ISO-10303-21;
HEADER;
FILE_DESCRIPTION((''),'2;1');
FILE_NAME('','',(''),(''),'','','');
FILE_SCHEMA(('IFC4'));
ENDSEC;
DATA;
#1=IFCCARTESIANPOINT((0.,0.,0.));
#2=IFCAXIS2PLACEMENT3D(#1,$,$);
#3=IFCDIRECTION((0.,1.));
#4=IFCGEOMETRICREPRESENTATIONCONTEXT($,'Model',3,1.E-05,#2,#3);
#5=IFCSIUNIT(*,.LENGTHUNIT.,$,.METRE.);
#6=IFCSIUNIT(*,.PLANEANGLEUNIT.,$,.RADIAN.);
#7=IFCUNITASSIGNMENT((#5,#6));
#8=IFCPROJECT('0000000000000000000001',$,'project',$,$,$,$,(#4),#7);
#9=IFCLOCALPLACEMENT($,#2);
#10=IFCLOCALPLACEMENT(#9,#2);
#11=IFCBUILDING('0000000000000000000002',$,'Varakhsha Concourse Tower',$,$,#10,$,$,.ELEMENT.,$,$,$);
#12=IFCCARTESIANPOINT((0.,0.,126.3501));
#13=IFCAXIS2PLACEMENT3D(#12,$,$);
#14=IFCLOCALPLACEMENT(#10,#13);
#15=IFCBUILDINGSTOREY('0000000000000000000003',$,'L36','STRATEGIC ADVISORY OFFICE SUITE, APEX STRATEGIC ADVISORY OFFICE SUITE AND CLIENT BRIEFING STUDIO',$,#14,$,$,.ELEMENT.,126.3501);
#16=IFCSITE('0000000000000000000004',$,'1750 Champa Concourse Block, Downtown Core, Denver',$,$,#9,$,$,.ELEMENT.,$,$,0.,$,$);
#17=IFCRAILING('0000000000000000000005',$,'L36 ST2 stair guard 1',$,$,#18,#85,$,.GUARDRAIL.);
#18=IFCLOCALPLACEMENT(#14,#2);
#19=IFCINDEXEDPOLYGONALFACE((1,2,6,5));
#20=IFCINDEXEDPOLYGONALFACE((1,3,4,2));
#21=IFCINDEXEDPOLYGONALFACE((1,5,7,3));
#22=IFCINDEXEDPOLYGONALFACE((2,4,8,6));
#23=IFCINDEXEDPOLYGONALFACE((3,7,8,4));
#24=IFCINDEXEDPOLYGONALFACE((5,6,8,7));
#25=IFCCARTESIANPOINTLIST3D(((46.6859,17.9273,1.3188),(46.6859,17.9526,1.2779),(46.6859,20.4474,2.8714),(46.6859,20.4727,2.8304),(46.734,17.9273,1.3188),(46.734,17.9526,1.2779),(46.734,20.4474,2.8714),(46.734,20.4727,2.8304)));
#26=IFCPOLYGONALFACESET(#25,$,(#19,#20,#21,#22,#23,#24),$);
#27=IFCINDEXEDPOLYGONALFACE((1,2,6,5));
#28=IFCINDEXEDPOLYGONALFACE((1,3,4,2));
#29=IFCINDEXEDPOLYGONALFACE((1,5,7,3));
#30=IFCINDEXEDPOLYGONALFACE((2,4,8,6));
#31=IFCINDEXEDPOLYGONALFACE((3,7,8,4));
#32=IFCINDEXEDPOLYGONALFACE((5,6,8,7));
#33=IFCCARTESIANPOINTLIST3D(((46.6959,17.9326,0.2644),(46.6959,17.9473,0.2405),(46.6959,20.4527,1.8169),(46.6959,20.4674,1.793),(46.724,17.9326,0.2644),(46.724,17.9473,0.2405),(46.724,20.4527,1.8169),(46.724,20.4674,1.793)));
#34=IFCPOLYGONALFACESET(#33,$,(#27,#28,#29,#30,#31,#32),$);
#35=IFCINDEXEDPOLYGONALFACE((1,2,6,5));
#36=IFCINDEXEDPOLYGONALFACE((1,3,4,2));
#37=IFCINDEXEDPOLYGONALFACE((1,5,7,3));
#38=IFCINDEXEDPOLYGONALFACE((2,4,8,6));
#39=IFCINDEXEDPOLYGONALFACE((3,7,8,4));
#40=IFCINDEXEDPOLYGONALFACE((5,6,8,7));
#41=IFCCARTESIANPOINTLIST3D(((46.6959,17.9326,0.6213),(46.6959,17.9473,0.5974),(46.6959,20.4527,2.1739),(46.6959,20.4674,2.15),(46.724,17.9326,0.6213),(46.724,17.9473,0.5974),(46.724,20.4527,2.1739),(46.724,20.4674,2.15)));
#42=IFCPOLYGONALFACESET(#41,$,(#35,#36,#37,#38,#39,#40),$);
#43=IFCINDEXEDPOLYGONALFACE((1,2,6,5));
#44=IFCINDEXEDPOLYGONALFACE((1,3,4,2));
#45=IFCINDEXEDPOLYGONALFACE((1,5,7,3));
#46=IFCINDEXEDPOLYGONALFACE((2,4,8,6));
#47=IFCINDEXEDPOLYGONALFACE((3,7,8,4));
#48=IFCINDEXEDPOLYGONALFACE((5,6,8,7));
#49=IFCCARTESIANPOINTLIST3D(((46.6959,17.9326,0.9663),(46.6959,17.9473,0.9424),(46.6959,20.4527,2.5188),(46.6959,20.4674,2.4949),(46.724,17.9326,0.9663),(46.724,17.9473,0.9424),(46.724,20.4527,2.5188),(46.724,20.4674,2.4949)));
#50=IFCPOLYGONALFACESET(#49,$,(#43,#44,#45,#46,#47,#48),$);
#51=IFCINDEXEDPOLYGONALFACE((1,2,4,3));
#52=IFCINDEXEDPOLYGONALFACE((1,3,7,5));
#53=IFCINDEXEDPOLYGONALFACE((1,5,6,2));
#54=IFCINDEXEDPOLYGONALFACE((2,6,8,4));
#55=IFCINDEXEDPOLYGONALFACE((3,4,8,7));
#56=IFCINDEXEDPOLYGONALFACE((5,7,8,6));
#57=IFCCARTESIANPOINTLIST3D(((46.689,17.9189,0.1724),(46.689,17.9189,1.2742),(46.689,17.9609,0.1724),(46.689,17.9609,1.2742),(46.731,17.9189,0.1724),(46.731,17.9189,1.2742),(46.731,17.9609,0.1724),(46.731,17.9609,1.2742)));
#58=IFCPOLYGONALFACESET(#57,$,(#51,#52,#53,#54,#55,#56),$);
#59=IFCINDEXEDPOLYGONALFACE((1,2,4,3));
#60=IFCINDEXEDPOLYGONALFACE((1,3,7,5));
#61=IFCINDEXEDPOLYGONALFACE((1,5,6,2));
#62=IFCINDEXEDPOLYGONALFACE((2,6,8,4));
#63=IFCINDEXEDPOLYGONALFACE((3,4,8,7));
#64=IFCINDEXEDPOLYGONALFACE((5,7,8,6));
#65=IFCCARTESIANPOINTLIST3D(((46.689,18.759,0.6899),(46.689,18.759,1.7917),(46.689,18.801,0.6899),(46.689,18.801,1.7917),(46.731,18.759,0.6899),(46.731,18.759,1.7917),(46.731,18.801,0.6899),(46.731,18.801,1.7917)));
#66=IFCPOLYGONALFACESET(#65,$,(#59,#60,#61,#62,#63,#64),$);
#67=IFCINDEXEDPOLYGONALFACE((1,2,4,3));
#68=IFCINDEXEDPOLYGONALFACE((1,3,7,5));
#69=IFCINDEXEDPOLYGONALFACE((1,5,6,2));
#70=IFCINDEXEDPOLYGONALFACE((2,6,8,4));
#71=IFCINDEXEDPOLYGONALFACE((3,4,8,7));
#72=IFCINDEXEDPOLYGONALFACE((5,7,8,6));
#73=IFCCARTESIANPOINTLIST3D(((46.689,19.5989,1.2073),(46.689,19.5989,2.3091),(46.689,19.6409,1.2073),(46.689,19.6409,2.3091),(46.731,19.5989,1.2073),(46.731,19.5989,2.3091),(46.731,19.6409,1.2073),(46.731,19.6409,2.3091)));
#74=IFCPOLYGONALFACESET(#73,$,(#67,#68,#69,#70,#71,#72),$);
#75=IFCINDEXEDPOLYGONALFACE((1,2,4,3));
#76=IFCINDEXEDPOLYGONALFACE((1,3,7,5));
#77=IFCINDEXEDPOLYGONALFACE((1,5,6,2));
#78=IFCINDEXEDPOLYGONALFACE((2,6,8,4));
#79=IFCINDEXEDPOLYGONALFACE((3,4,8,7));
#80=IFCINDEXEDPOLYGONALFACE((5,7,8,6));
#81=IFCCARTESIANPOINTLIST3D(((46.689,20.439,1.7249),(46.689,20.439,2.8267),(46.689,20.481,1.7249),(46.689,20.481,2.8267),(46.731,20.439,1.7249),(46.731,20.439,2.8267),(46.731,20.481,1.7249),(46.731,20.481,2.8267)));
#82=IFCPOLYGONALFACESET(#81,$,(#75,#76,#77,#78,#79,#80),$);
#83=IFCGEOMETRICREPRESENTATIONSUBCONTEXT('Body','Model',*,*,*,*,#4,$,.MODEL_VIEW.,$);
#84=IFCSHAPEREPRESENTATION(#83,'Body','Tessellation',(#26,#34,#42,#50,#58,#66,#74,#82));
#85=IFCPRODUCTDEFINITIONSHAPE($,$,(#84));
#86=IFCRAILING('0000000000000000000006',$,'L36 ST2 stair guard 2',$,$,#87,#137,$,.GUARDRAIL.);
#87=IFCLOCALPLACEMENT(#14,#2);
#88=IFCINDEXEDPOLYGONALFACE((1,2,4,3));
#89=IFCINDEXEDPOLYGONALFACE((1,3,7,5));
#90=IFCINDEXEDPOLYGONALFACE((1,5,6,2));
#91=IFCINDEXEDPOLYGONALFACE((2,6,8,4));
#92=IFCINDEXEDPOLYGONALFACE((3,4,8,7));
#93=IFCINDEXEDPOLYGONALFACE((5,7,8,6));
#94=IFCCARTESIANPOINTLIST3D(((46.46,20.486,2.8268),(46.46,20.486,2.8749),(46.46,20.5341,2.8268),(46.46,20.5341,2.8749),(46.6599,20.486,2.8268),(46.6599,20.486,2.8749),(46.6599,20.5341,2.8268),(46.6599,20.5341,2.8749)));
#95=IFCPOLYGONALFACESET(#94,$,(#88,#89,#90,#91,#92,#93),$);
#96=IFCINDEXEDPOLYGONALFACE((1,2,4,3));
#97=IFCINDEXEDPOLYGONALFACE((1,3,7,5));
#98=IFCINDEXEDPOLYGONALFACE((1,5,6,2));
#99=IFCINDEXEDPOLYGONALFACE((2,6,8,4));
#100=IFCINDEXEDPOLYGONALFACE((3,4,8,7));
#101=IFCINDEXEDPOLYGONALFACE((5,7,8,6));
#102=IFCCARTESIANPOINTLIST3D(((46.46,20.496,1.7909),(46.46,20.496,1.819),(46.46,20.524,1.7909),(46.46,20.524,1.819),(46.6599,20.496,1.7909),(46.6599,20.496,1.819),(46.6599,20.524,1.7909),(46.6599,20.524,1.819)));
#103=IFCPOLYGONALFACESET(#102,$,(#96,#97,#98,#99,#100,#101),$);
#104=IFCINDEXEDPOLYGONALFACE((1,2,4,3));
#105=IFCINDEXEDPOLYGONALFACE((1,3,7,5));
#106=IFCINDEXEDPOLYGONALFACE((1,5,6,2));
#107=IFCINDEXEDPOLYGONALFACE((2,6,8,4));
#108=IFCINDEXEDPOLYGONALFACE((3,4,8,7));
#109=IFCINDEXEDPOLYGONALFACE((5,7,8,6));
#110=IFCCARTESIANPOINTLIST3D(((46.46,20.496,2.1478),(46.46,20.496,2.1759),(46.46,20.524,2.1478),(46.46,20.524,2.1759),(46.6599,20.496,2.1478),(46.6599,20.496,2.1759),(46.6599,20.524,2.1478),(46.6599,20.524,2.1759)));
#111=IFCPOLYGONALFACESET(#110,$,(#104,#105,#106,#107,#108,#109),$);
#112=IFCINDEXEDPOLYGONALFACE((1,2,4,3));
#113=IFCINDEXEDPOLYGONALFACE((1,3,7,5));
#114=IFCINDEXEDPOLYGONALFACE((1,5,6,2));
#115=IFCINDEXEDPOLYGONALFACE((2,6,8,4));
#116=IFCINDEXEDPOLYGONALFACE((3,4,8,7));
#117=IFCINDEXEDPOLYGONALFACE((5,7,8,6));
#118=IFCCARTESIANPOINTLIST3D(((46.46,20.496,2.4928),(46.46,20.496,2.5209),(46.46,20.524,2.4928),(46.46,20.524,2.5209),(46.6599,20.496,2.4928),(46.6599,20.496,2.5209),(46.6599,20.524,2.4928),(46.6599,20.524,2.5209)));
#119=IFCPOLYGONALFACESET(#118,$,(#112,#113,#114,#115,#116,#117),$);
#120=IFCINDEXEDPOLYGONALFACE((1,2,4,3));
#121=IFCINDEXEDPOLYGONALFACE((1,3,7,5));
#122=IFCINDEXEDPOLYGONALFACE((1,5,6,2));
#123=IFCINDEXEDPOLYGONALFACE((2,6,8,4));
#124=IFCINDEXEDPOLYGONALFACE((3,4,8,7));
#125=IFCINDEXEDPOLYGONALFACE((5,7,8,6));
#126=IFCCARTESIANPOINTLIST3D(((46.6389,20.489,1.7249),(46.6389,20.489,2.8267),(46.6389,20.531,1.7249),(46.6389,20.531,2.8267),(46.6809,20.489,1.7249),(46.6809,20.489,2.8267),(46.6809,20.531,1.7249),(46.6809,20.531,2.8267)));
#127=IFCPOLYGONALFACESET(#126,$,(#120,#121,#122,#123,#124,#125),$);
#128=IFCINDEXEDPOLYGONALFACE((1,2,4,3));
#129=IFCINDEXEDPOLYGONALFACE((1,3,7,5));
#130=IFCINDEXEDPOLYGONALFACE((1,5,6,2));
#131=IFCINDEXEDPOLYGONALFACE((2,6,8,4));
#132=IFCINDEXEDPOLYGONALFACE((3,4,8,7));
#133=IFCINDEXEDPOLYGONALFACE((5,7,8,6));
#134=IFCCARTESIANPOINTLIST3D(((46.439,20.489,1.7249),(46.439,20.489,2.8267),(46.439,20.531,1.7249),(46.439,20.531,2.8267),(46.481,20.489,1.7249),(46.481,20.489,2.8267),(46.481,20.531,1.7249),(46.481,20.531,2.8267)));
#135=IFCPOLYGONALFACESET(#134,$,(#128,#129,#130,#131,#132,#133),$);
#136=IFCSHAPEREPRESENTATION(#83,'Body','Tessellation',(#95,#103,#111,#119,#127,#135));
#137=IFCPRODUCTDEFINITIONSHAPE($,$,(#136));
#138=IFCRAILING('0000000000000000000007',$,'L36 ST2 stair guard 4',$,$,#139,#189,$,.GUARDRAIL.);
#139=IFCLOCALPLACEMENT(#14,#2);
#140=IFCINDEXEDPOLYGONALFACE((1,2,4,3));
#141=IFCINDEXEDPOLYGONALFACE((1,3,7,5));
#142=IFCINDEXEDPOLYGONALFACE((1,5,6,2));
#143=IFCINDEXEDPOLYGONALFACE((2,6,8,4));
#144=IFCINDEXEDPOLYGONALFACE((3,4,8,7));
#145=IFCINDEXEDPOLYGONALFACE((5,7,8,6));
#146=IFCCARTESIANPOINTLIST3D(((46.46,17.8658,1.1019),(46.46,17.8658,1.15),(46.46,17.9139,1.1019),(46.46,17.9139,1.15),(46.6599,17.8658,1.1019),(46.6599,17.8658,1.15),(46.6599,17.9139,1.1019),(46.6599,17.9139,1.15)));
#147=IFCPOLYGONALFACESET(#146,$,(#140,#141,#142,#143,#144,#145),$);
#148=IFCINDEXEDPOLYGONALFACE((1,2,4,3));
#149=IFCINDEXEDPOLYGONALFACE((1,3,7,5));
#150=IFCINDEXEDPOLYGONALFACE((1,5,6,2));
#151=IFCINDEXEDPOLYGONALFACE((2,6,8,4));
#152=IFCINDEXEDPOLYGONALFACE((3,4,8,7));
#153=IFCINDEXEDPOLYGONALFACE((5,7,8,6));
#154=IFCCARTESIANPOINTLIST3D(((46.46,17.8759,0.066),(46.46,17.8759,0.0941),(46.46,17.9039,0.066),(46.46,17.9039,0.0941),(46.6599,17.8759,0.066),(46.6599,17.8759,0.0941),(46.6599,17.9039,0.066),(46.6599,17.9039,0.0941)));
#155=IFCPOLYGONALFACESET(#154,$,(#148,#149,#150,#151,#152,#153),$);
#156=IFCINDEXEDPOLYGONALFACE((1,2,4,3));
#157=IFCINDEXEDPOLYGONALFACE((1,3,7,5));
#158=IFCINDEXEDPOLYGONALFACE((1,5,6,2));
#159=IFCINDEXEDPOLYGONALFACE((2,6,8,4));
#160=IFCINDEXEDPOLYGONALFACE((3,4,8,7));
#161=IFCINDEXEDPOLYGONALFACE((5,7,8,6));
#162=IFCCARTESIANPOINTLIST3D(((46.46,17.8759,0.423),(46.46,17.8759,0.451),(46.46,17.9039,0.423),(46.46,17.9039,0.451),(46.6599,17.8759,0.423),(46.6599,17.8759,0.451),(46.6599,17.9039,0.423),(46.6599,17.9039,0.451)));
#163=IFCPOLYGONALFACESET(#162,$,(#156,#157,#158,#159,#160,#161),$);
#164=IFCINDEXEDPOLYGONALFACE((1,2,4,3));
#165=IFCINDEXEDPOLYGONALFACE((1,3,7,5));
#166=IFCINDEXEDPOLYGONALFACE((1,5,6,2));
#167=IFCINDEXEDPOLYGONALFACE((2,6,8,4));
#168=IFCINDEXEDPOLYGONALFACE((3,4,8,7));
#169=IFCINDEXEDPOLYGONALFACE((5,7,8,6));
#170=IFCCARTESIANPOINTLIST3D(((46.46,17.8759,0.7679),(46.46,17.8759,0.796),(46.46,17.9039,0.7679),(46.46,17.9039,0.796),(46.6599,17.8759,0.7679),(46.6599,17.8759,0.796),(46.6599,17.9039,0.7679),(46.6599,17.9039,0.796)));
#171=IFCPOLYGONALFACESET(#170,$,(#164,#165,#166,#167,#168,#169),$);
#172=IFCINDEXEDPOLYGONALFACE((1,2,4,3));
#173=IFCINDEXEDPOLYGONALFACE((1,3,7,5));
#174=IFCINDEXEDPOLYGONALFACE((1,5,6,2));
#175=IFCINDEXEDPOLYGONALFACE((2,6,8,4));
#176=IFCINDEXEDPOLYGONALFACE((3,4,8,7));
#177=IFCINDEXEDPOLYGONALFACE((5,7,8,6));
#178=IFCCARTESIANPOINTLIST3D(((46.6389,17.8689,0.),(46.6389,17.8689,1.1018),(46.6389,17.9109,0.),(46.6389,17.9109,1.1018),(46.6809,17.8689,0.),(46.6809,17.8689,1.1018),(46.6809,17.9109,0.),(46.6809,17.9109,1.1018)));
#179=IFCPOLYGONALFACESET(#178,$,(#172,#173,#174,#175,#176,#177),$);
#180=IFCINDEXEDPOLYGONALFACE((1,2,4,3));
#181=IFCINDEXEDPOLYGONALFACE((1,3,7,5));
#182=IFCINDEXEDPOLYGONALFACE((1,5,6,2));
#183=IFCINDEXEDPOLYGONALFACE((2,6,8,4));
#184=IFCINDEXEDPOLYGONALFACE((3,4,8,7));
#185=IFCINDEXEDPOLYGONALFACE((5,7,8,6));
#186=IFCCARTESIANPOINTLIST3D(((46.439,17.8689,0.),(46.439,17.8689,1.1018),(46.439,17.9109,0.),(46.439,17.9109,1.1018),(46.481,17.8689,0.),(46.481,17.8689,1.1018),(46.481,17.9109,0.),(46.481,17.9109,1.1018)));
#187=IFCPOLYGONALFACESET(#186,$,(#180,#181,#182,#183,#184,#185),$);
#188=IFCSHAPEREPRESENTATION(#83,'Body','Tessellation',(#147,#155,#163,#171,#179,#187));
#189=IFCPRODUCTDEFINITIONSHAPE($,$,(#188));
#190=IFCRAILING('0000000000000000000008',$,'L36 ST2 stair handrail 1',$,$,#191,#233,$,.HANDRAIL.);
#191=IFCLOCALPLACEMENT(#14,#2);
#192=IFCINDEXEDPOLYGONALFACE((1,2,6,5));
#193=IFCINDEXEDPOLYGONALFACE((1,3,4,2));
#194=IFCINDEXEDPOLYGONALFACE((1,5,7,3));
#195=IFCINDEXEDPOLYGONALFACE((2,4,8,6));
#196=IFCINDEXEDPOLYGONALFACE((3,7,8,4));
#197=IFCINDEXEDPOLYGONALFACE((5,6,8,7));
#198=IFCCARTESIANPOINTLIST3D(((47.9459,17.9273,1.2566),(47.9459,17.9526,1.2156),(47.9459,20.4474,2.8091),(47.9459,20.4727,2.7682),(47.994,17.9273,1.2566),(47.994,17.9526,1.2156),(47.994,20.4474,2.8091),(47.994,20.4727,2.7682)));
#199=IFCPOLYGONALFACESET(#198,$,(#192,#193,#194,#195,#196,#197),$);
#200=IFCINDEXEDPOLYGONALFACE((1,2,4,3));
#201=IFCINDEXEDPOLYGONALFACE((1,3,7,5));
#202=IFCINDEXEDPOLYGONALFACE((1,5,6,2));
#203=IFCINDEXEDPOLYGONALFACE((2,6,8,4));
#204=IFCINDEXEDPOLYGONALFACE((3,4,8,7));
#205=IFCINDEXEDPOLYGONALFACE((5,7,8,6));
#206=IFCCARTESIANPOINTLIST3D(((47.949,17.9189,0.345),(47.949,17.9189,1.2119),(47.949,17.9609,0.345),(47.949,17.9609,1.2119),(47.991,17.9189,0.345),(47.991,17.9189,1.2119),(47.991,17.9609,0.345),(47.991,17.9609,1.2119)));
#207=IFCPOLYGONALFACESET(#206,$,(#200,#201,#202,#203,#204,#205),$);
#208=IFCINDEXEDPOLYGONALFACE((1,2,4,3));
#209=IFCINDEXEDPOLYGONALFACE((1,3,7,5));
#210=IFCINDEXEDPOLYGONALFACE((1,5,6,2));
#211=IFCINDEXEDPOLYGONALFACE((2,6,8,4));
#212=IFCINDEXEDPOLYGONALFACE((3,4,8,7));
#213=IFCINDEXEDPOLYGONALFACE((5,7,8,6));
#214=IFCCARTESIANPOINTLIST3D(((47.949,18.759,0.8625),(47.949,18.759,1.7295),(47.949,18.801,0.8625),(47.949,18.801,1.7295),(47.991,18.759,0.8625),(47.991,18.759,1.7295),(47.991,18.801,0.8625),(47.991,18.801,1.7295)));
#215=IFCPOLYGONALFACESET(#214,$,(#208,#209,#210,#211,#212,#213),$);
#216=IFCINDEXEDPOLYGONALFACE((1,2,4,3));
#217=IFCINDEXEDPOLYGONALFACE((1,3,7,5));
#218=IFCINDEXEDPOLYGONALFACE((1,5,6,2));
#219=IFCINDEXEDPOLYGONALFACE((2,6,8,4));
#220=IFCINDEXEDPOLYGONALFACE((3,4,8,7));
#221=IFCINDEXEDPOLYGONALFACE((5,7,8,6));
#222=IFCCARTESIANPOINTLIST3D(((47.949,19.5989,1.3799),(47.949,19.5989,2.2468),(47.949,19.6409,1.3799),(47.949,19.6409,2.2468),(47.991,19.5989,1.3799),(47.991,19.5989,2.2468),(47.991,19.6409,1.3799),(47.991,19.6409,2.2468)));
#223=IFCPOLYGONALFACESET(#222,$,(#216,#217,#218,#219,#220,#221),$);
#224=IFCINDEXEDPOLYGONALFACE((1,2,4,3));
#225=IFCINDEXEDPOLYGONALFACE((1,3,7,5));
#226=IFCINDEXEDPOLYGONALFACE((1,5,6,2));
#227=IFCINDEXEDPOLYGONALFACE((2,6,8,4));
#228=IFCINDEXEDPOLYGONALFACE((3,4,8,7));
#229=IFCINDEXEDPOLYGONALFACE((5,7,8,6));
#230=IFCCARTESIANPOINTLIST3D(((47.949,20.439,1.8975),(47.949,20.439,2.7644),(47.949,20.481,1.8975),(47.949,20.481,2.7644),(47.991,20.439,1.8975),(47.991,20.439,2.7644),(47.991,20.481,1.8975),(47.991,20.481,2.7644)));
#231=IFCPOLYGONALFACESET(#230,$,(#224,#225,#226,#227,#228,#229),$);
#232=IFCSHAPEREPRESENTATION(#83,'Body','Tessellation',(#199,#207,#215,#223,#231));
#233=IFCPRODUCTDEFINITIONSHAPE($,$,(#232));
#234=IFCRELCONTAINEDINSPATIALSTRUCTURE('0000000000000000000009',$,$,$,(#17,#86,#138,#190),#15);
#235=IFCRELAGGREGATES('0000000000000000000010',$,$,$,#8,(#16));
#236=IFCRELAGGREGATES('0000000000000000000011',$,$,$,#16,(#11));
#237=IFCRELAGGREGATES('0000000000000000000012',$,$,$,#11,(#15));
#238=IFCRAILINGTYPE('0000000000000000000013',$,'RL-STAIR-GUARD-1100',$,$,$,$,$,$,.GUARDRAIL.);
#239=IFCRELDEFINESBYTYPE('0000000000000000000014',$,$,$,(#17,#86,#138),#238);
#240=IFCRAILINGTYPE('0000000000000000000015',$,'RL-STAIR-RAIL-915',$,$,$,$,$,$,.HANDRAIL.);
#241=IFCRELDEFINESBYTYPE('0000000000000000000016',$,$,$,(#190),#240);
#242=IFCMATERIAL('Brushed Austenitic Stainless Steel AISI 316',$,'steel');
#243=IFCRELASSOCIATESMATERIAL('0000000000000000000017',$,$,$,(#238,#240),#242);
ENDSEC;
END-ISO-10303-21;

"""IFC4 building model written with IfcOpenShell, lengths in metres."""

from ifc_helpers import new_model, si_unit, direction, frame, origin, origin_2d, place, context, subcontext, project, spatial, rectangle, extrude, material, type_object, element, save


model = new_model("IFC4")

# Units and contexts
model_context = context("Model", 3, precision=1e-05, world=origin(), true_north=direction((0.0, 1.0)))
body_context = subcontext(model_context, "Body", "Model", "MODEL_VIEW")
ifc_project = project(units=[si_unit("LENGTHUNIT", "METRE"), si_unit("PLANEANGLEUNIT", "RADIAN")], contexts=[model_context])

# Site, building, storey
site_placement = place(None, origin())
site = spatial("IfcSite", under=ifc_project, at=site_placement, Name="1750 Champa Concourse Block, Downtown Core, Denver", CompositionType="ELEMENT", RefElevation=0.0)
building_placement = place(site_placement, origin())
building = spatial("IfcBuilding", under=site, at=building_placement, Name="Varakhsha Concourse Tower", CompositionType="ELEMENT")
storey_placement = place(building_placement, frame((0.0, 0.0, 126.3501)))
storey = spatial("IfcBuildingStorey", under=building, at=storey_placement, Name="L36", Description="STRATEGIC ADVISORY OFFICE SUITE, APEX STRATEGIC ADVISORY OFFICE SUITE AND CLIENT BRIEFING STUDIO", CompositionType="ELEMENT", Elevation=126.3501)

# Railings
ifc_material_1 = material(Name="Brushed Austenitic Stainless Steel AISI 316", Category="steel")
railing_type_1 = type_object("IfcRailingType", Name="RL-STAIR-GUARD-1100", PredefinedType="GUARDRAIL", material=ifc_material_1)
railing_1_placement = place(storey_placement, frame((46.71, 17.9399, 0.1724)))
element("IfcRailing", 1, at=railing_1_placement, inside=storey, type_object=railing_type_1, Name="L36 ST2 stair guard 1", PredefinedType="GUARDRAIL", context=body_context, shape_type="SweptSolid", body=[
    extrude(rectangle(XDim=0.0481, YDim=0.0481, at=origin_2d()), frame((0.0, 0.0, 1.126), z_axis=(0.0, 0.8514, 0.524516), x_axis=(-1.0, 0.0, 0.0)), (0.0, 0.0, 1.0), 2.96),
    extrude(rectangle(XDim=0.0281, YDim=0.0281, at=origin_2d()), frame((0.0, 0.0, 0.0801), z_axis=(0.0, 0.8514, 0.524516), x_axis=(-1.0, 0.0, 0.0)), (0.0, 0.0, 1.0), 2.96),
    extrude(rectangle(XDim=0.0281, YDim=0.0281, at=origin_2d()), frame((0.0, 0.0, 0.437), z_axis=(0.0, 0.8514, 0.524516), x_axis=(-1.0, 0.0, 0.0)), (0.0, 0.0, 1.0), 2.96),
    extrude(rectangle(XDim=0.0281, YDim=0.0281, at=origin_2d()), frame((0.0, 0.0, 0.782), z_axis=(0.0, 0.8514, 0.524516), x_axis=(-1.0, 0.0, 0.0)), (0.0, 0.0, 1.0), 2.96),
    extrude(rectangle(XDim=0.042, YDim=0.042, at=origin_2d()), origin(), (0.0, 0.0, 1.0), 1.1018),
    extrude(rectangle(XDim=0.042, YDim=0.042, at=origin_2d()), frame((0.0, 0.8401, 0.5176)), (0.0, 0.0, 1.0), 1.1018),
    extrude(rectangle(XDim=0.042, YDim=0.042, at=origin_2d()), frame((0.0, 1.6799, 1.0349)), (0.0, 0.0, 1.0), 1.1018),
    extrude(rectangle(XDim=0.042, YDim=0.042, at=origin_2d()), frame((0.0, 2.52, 1.5525)), (0.0, 0.0, 1.0), 1.1018),
])
for number, where, name in (
    (2, (46.6599, 20.51, 1.7249), "L36 ST2 stair guard 2"),
    (3, (46.6599, 17.8899, 0.0), "L36 ST2 stair guard 4"),
):
    element("IfcRailing", number, at=place(storey_placement, frame(where)), inside=storey, type_object=railing_type_1, Name=name, PredefinedType="GUARDRAIL", context=body_context, shape_type="SweptSolid", body=[
        extrude(rectangle(XDim=0.0481, YDim=0.0481, at=origin_2d()), frame((0.0, 0.0, 1.126), z_axis=(-1.0, 0.0, 0.0), x_axis=(0.0, -1.0, 0.0)), (0.0, 0.0, 1.0), 0.2),
        extrude(rectangle(XDim=0.0281, YDim=0.0281, at=origin_2d()), frame((0.0, 0.0, 0.0801), z_axis=(-1.0, 0.0, 0.0), x_axis=(0.0, -1.0, 0.0)), (0.0, 0.0, 1.0), 0.2),
        extrude(rectangle(XDim=0.0281, YDim=0.0281, at=origin_2d()), frame((0.0, 0.0, 0.437), z_axis=(-1.0, 0.0, 0.0), x_axis=(0.0, -1.0, 0.0)), (0.0, 0.0, 1.0), 0.2),
        extrude(rectangle(XDim=0.0281, YDim=0.0281, at=origin_2d()), frame((0.0, 0.0, 0.782), z_axis=(-1.0, 0.0, 0.0), x_axis=(0.0, -1.0, 0.0)), (0.0, 0.0, 1.0), 0.2),
        extrude(rectangle(XDim=0.042, YDim=0.042, at=origin_2d()), origin(), (0.0, 0.0, 1.0), 1.1018),
        extrude(rectangle(XDim=0.042, YDim=0.042, at=origin_2d()), frame((-0.2, 0.0, 0.0)), (0.0, 0.0, 1.0), 1.1018),
    ])
railing_type_2 = type_object("IfcRailingType", Name="RL-STAIR-RAIL-915", PredefinedType="HANDRAIL", material=ifc_material_1)
railing_2_placement = place(storey_placement, frame((47.97, 17.9399, 0.345)))
element("IfcRailing", 4, at=railing_2_placement, inside=storey, type_object=railing_type_2, Name="L36 ST2 stair handrail 1", PredefinedType="HANDRAIL", context=body_context, shape_type="SweptSolid", body=[
    extrude(rectangle(XDim=0.0481, YDim=0.0481, at=origin_2d()), frame((0.0, 0.0, 0.8911), z_axis=(0.0, 0.8514, 0.524516), x_axis=(-1.0, 0.0, 0.0)), (0.0, 0.0, 1.0), 2.96),
    extrude(rectangle(XDim=0.042, YDim=0.042, at=origin_2d()), origin(), (0.0, 0.0, 1.0), 0.8669),
    extrude(rectangle(XDim=0.042, YDim=0.042, at=origin_2d()), frame((0.0, 0.8401, 0.5176)), (0.0, 0.0, 1.0), 0.8669),
    extrude(rectangle(XDim=0.042, YDim=0.042, at=origin_2d()), frame((0.0, 1.6799, 1.0349)), (0.0, 0.0, 1.0), 0.8669),
    extrude(rectangle(XDim=0.042, YDim=0.042, at=origin_2d()), frame((0.0, 2.52, 1.5525)), (0.0, 0.0, 1.0), 0.8669),
])

save(model, "model.ifc")
